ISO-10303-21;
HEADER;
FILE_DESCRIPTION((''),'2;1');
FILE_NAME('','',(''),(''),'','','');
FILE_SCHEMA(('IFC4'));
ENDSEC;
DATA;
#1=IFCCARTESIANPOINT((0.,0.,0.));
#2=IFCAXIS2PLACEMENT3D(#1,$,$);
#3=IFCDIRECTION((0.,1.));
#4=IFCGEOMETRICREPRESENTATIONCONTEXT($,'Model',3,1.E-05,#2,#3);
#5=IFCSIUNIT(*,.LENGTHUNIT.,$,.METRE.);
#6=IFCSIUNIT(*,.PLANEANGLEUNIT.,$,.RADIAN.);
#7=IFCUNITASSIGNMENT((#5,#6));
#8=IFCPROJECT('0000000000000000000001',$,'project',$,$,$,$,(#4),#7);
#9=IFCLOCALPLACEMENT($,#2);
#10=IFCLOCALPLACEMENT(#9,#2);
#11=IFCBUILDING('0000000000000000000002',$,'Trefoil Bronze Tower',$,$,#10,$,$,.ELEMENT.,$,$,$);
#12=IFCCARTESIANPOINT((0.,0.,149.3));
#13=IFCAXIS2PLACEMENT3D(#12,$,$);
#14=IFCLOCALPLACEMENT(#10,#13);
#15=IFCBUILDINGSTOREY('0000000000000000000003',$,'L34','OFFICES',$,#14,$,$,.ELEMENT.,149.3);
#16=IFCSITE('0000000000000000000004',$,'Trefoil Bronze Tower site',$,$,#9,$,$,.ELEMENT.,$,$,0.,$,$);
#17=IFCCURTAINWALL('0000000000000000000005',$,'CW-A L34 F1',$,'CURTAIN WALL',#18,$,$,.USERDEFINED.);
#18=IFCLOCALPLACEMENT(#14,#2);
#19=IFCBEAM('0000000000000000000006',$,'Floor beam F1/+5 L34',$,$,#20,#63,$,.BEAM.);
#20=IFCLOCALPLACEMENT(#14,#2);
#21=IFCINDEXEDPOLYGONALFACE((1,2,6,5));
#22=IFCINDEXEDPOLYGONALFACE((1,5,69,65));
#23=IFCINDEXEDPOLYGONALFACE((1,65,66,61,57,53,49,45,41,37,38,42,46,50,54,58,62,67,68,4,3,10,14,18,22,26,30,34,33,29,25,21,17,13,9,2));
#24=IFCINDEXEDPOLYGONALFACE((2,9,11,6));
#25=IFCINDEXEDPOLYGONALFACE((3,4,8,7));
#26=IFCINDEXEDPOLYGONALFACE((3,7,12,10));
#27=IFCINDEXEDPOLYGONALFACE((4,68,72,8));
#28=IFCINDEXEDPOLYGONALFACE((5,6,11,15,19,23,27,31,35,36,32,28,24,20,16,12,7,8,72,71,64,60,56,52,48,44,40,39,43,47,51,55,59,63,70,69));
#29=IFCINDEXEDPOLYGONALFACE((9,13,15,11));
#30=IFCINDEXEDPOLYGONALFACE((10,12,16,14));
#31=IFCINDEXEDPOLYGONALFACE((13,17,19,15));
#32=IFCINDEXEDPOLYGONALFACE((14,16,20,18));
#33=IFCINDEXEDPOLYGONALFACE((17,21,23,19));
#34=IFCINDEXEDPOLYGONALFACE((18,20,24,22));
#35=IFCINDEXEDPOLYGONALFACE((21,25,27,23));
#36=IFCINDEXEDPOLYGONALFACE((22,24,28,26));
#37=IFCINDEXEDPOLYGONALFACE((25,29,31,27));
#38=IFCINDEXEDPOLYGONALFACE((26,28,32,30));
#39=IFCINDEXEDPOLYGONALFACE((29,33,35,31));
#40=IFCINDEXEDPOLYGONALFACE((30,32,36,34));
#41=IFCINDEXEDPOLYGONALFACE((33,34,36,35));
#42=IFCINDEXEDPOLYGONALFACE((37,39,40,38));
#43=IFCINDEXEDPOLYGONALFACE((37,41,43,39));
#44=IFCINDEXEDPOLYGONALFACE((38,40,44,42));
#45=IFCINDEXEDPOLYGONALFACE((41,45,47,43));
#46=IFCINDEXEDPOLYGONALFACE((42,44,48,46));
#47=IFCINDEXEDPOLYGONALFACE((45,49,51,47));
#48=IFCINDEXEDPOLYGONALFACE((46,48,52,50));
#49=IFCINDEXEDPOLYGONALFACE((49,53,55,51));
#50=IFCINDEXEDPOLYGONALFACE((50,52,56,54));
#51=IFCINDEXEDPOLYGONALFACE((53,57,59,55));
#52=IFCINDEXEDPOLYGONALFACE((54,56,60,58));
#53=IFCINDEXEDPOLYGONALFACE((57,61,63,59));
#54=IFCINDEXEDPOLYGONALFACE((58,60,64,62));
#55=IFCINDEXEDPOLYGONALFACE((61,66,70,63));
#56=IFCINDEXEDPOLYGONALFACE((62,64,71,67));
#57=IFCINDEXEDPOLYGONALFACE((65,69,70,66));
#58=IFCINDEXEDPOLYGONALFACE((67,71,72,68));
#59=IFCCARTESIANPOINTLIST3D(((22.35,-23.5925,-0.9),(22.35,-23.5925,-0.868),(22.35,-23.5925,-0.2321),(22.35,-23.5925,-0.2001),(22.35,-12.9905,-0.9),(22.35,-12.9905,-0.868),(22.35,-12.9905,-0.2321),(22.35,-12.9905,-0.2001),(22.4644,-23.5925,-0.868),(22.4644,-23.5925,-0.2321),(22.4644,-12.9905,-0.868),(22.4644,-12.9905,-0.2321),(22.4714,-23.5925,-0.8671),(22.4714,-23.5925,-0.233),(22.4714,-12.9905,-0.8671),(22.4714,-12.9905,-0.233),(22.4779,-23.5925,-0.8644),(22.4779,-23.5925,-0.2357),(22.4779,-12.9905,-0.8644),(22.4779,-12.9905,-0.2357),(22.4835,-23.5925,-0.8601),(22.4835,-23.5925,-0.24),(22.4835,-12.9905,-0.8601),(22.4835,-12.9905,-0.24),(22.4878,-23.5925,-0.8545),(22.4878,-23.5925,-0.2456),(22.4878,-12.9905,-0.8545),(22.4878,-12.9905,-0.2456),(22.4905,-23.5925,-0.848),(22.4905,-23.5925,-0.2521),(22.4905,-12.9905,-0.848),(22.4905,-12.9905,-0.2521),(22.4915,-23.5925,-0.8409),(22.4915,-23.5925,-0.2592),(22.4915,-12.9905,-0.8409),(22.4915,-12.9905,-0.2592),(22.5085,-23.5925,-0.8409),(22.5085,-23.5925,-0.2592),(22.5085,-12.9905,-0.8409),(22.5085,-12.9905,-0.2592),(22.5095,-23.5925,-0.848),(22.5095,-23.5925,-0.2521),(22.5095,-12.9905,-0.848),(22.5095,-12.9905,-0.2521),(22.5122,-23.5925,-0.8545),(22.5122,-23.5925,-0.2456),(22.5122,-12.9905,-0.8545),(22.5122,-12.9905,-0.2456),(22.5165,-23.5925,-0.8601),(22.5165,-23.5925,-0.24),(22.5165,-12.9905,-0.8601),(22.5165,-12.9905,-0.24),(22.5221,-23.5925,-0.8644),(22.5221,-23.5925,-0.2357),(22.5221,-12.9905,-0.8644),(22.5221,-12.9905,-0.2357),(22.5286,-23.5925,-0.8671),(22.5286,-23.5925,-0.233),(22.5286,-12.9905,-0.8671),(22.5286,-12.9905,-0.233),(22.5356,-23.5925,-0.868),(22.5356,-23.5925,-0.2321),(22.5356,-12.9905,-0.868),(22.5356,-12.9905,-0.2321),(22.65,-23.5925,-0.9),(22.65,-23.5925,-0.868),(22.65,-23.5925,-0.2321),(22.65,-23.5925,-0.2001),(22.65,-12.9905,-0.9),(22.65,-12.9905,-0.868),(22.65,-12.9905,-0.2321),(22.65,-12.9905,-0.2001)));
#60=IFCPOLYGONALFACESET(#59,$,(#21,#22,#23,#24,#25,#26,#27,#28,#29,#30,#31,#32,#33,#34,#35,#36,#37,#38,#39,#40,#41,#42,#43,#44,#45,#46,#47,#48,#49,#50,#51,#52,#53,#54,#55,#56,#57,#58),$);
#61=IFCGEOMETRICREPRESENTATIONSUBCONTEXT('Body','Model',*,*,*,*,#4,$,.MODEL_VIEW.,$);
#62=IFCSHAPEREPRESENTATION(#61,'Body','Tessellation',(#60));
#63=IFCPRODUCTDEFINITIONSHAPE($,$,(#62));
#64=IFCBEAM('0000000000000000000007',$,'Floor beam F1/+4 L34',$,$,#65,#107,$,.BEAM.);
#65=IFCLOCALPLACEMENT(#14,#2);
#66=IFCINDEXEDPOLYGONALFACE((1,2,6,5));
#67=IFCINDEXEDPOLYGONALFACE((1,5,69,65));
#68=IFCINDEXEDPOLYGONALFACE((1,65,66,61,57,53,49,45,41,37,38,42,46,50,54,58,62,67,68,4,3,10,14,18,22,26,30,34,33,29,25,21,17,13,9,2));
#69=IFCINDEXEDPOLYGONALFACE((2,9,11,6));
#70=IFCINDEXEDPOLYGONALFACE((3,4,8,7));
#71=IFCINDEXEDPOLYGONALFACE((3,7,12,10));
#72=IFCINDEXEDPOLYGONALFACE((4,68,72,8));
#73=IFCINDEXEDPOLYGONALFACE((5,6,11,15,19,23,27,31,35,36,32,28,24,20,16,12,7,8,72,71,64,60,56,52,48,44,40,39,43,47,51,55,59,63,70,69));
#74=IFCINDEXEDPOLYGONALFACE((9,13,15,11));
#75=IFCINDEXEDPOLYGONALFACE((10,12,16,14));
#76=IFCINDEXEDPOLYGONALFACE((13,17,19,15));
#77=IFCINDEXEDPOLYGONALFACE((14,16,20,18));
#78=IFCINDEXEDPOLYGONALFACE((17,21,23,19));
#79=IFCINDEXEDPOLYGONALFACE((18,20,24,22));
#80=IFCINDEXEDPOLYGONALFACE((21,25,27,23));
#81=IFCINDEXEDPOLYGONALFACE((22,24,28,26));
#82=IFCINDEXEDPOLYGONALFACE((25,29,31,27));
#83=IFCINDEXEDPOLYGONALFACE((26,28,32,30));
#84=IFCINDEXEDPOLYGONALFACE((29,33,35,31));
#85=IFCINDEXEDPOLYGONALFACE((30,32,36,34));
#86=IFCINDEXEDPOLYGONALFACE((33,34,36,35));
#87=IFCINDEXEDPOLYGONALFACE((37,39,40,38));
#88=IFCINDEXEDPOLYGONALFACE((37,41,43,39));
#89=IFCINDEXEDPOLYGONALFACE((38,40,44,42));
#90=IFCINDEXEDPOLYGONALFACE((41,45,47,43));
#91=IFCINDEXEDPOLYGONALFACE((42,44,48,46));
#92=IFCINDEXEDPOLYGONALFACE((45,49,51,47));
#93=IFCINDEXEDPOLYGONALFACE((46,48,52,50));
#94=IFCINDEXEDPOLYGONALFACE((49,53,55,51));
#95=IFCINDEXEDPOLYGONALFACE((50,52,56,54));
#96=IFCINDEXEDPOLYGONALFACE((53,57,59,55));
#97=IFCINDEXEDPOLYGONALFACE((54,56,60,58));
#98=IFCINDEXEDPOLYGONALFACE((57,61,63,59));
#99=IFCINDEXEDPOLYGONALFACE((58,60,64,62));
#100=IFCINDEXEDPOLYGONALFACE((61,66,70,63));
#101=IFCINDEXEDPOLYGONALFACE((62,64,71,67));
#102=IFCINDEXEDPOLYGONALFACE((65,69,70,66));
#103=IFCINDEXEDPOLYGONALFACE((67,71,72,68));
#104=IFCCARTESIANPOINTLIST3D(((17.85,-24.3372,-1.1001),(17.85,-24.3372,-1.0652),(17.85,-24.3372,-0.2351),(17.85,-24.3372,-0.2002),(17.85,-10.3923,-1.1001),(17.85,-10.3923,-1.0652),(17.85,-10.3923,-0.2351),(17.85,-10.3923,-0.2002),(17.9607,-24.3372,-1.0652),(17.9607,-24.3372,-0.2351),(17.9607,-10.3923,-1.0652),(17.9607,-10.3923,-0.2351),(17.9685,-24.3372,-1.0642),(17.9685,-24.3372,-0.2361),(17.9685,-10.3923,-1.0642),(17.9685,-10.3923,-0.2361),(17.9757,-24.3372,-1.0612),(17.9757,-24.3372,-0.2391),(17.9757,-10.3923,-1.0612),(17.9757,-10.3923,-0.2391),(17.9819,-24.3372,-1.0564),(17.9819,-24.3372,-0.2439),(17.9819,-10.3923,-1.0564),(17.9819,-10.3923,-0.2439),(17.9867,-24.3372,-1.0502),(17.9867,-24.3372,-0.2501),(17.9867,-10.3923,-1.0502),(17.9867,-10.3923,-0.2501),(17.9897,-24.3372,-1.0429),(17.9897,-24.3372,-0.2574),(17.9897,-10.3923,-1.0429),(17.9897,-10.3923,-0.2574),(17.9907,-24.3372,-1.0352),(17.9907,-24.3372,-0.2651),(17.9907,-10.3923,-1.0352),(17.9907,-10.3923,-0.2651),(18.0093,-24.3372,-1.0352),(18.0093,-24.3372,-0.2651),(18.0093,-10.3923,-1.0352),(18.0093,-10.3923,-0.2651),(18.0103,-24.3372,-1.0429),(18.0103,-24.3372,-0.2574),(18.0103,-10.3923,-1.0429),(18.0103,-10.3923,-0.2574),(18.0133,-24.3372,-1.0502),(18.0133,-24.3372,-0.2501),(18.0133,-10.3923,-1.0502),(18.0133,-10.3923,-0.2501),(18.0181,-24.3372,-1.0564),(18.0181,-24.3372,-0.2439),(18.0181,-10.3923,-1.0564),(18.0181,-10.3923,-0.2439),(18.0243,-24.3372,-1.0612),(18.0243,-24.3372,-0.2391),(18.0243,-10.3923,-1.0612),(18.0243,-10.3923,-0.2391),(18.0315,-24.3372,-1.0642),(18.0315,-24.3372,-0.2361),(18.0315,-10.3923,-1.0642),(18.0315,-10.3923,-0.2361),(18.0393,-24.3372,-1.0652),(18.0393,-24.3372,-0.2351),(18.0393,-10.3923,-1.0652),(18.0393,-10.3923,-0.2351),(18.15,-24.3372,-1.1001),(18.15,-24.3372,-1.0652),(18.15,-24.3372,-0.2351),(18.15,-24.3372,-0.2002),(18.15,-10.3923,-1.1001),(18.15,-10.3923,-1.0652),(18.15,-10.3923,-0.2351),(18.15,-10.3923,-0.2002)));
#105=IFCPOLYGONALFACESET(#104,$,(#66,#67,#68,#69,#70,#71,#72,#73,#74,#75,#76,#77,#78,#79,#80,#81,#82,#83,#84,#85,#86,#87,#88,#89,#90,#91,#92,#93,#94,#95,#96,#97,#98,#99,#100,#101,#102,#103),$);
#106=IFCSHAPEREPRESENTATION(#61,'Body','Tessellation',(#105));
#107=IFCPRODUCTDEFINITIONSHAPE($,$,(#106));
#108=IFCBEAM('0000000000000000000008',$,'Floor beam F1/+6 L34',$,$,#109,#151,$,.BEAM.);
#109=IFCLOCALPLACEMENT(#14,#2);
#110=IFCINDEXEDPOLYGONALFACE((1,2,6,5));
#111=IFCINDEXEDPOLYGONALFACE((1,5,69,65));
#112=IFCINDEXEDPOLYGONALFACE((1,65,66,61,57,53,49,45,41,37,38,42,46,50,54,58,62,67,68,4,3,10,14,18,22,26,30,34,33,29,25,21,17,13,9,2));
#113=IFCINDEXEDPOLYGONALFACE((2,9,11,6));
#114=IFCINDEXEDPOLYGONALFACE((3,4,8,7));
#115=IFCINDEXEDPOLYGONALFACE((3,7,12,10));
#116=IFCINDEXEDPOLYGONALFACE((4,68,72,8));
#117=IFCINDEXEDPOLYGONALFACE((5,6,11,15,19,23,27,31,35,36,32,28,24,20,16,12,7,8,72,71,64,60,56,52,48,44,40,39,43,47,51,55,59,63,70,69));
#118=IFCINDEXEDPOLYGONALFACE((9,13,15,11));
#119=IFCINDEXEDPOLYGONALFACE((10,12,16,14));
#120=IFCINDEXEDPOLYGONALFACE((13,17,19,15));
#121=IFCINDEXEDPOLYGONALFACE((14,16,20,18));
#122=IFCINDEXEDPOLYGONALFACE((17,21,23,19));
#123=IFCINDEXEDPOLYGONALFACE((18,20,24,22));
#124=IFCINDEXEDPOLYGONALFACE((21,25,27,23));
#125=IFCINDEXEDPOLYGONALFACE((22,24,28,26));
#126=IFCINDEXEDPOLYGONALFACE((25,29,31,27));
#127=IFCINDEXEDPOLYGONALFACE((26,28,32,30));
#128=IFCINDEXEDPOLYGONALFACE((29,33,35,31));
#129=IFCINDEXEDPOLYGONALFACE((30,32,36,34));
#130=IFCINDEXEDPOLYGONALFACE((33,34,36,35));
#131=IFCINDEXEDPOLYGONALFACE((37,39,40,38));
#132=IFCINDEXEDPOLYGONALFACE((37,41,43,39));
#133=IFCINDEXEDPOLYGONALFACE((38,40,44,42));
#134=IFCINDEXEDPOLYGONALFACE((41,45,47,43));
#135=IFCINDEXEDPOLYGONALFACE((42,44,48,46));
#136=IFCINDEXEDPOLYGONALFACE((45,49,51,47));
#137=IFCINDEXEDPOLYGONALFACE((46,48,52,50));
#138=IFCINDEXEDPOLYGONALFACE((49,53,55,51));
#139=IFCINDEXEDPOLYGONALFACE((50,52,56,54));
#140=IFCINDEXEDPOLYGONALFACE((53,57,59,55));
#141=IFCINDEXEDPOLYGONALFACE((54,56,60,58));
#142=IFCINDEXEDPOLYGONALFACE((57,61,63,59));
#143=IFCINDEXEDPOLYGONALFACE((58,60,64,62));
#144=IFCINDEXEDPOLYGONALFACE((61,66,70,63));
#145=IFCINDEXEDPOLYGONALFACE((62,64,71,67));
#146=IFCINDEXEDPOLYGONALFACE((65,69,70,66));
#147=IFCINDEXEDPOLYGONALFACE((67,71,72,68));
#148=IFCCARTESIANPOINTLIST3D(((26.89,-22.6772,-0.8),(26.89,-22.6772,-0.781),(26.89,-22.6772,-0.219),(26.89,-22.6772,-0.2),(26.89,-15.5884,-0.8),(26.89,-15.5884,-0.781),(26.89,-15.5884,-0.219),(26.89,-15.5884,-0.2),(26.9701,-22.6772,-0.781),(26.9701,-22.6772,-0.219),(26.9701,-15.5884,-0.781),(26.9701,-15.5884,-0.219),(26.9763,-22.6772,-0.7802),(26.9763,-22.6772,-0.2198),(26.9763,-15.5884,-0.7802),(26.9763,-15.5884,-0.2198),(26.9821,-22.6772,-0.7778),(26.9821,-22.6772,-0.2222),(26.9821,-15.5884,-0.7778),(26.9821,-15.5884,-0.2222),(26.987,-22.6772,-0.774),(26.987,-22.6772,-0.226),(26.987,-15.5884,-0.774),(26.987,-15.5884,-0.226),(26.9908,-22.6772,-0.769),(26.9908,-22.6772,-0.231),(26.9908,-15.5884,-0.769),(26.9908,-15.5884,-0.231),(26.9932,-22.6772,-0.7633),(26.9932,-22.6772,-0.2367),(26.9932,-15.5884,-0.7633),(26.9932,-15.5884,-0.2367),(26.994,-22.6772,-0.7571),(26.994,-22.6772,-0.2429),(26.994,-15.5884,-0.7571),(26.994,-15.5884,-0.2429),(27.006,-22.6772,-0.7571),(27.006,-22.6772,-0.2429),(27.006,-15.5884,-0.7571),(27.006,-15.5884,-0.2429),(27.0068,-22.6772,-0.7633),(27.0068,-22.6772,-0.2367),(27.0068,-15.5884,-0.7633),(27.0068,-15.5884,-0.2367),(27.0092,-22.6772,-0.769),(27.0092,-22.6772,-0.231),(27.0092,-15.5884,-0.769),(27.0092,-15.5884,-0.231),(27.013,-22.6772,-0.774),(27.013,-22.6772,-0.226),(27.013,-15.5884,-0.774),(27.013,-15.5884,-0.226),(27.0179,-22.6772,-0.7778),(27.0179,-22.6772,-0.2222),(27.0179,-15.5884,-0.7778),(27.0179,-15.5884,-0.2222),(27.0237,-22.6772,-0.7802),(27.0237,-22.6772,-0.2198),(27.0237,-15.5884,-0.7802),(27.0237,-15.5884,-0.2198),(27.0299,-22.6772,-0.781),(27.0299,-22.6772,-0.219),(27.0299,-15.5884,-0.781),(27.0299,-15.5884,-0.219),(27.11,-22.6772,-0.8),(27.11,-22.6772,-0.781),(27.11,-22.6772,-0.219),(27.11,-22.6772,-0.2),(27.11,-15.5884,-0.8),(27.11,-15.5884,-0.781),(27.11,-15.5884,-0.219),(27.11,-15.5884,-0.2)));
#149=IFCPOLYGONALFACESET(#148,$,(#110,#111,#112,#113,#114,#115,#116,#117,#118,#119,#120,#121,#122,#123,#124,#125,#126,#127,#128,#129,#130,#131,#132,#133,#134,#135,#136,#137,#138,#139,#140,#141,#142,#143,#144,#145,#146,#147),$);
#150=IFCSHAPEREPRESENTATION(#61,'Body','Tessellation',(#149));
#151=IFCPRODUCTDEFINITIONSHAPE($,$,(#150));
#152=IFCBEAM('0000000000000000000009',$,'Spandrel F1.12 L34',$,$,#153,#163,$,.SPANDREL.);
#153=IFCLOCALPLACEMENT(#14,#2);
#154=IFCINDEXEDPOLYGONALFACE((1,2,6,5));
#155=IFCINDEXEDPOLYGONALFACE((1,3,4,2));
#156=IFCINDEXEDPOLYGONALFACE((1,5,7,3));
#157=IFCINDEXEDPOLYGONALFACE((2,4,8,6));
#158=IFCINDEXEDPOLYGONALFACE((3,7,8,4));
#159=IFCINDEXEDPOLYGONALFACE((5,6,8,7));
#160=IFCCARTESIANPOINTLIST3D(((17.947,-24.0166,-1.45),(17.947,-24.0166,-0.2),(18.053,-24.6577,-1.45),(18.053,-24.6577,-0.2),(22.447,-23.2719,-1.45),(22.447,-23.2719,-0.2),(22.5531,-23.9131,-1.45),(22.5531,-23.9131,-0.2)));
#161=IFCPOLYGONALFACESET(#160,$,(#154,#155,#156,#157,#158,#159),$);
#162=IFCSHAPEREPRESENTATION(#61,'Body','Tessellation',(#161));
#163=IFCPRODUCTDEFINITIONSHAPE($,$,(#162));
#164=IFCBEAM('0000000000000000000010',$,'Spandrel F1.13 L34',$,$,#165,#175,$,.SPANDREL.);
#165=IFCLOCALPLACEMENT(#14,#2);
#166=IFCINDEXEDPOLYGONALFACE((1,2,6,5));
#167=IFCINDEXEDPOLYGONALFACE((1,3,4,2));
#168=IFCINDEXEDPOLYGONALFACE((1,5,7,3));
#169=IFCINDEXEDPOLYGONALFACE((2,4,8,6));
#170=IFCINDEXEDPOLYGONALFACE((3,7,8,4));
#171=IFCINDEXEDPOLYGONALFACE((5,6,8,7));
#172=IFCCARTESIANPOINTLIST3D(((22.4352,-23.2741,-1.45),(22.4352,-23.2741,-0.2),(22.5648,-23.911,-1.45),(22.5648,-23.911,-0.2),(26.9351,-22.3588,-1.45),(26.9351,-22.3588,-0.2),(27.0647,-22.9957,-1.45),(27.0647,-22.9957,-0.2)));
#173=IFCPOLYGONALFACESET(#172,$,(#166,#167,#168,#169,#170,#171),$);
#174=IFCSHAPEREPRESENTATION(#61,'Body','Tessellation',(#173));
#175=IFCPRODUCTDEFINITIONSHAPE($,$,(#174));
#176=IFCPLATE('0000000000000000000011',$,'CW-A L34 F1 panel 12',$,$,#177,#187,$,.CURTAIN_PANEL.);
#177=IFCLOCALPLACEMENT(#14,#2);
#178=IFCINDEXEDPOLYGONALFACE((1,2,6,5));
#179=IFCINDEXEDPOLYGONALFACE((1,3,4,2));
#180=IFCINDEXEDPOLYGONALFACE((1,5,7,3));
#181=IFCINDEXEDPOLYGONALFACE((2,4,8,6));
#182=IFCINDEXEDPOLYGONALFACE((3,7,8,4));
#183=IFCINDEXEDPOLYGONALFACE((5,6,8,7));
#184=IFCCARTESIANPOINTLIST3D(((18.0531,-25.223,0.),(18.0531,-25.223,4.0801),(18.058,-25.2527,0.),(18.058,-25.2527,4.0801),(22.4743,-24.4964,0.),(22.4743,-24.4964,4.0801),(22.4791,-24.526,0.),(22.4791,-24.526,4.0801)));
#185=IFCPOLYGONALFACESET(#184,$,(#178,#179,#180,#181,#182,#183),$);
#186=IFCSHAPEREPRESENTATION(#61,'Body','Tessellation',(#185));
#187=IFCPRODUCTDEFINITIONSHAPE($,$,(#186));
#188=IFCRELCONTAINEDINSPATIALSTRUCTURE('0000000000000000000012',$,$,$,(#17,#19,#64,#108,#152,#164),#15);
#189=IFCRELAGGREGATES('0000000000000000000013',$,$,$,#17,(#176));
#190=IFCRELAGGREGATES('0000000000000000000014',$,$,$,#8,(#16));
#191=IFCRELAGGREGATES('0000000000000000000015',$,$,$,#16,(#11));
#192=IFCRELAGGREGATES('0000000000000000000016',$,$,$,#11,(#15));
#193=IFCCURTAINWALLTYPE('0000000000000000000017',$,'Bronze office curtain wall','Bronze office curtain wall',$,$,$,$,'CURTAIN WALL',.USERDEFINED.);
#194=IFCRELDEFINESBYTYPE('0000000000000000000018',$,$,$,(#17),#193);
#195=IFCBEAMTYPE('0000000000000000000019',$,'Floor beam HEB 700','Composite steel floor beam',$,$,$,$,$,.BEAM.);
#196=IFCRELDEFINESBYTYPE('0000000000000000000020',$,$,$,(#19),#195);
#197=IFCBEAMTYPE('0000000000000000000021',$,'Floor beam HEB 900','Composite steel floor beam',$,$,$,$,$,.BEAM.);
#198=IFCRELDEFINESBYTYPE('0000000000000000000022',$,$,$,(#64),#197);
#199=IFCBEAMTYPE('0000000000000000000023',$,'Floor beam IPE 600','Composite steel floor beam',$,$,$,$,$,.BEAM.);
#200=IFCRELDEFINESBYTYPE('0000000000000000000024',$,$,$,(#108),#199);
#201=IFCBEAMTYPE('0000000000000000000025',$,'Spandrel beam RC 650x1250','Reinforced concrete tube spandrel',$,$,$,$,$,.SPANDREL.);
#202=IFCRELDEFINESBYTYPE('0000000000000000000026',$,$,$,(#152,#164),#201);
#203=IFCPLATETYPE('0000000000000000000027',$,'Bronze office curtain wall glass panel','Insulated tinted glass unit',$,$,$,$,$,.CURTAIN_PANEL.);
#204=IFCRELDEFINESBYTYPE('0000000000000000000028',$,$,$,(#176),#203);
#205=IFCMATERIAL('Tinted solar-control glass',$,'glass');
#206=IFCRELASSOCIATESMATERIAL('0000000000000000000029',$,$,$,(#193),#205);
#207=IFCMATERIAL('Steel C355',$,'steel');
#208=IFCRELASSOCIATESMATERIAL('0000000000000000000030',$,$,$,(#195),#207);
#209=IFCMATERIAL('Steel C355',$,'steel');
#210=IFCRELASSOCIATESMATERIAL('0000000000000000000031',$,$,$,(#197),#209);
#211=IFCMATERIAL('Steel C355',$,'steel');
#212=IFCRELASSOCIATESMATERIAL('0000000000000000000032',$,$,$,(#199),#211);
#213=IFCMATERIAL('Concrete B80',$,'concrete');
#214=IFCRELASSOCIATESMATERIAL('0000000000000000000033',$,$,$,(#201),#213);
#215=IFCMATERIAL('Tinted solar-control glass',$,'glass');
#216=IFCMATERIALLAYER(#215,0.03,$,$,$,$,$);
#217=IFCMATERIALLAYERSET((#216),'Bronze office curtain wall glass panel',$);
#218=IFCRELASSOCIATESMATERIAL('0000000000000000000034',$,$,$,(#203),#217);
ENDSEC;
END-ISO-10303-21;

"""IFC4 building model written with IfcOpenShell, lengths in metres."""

from ifc_helpers import new_model, si_unit, direction, frame, origin, origin_2d, place, context, subcontext, project, spatial, rectangle, i_section, extrude, material, layer, layer_set, material_profile, profile_set, type_object, element, aggregate, save


model = new_model("IFC4")

# Units and contexts
model_context = context("Model", 3, precision=1e-05, world=origin(), true_north=direction((0.0, 1.0)))
body_context = subcontext(model_context, "Body", "Model", "MODEL_VIEW")
ifc_project = project(units=[si_unit("LENGTHUNIT", "METRE"), si_unit("PLANEANGLEUNIT", "RADIAN")], contexts=[model_context])

# Site, building, storey
site_placement = place(None, origin())
site = spatial("IfcSite", under=ifc_project, at=site_placement, Name="Trefoil Bronze Tower site", CompositionType="ELEMENT", RefElevation=0.0)
building_placement = place(site_placement, origin())
building = spatial("IfcBuilding", under=site, at=building_placement, Name="Trefoil Bronze Tower", CompositionType="ELEMENT")
storey_placement = place(building_placement, frame((0.0, 0.0, 149.3)))
storey = spatial("IfcBuildingStorey", under=building, at=storey_placement, Name="L34", Description="OFFICES", CompositionType="ELEMENT", Elevation=149.3)

# Curtain wall
ifc_material_1 = material(Name="Tinted solar-control glass", Category="glass")
curtain_wall_type_1 = type_object("IfcCurtainWallType", Name="Bronze office curtain wall", Description="Bronze office curtain wall", ElementType="CURTAIN WALL", PredefinedType="USERDEFINED", material=ifc_material_1)
curtain_wall_1_placement = place(storey_placement, origin())
curtain_wall_1 = element("IfcCurtainWall", 1, at=curtain_wall_1_placement, inside=storey, type_object=curtain_wall_type_1, Name="CW-A L34 F1", ObjectType="CURTAIN WALL", PredefinedType="USERDEFINED")

# Beams
ifc_material_2 = material(Name="Steel C355", Category="steel")
ifc_material_profile_1 = material_profile(ifc_material_2, i_section(OverallWidth=0.3, OverallDepth=0.7, WebThickness=0.0171, FlangeThickness=0.032, FilletRadius=0.0271, at=origin_2d()), Name="HEB 700")
ifc_profile_set_1 = profile_set([ifc_material_profile_1], Name="Steel C355")
beam_type_1 = type_object("IfcBeamType", Name="Floor beam HEB 700", Description="Composite steel floor beam", PredefinedType="BEAM", material=ifc_profile_set_1)
beam_1_placement = place(storey_placement, frame((22.5, -23.5925, -0.55), z_axis=(0.0, 1.0, 0.0), x_axis=(-1.0, 0.0, 0.0)))
element("IfcBeam", 2, at=beam_1_placement, inside=storey, type_object=beam_type_1, Name="Floor beam F1/+5 L34", PredefinedType="BEAM", context=body_context, shape_type="SweptSolid", body=[
    extrude(i_section(OverallWidth=0.3, OverallDepth=0.7, WebThickness=0.0171, FlangeThickness=0.032, FilletRadius=0.0271, at=origin_2d()), origin(), (0.0, 0.0, 1.0), 10.6021),
])
ifc_material_3 = material(Name="Steel C355", Category="steel")
ifc_material_profile_2 = material_profile(ifc_material_3, i_section(OverallWidth=0.3, OverallDepth=0.8999, WebThickness=0.0186, FlangeThickness=0.0349, FilletRadius=0.03, at=origin_2d()), Name="HEB 900")
ifc_profile_set_2 = profile_set([ifc_material_profile_2], Name="Steel C355")
beam_type_2 = type_object("IfcBeamType", Name="Floor beam HEB 900", Description="Composite steel floor beam", PredefinedType="BEAM", material=ifc_profile_set_2)
beam_2_placement = place(storey_placement, frame((18.0, -24.3372, -0.6501), z_axis=(0.0, 1.0, 0.0), x_axis=(-1.0, 0.0, 0.0)))
element("IfcBeam", 3, at=beam_2_placement, inside=storey, type_object=beam_type_2, Name="Floor beam F1/+4 L34", PredefinedType="BEAM", context=body_context, shape_type="SweptSolid", body=[
    extrude(i_section(OverallWidth=0.3, OverallDepth=0.8999, WebThickness=0.0186, FlangeThickness=0.0349, FilletRadius=0.03, at=origin_2d()), origin(), (0.0, 0.0, 1.0), 13.9448),
])
ifc_material_4 = material(Name="Steel C355", Category="steel")
ifc_material_profile_3 = material_profile(ifc_material_4, i_section(OverallWidth=0.22, OverallDepth=0.6001, WebThickness=0.012, FlangeThickness=0.019, FilletRadius=0.0239, at=origin_2d()), Name="IPE 600")
ifc_profile_set_3 = profile_set([ifc_material_profile_3], Name="Steel C355")
beam_type_3 = type_object("IfcBeamType", Name="Floor beam IPE 600", Description="Composite steel floor beam", PredefinedType="BEAM", material=ifc_profile_set_3)
beam_3_placement = place(storey_placement, frame((27.0, -22.6772, -0.5), z_axis=(0.0, 1.0, 0.0), x_axis=(-1.0, 0.0, 0.0)))
element("IfcBeam", 4, at=beam_3_placement, inside=storey, type_object=beam_type_3, Name="Floor beam F1/+6 L34", PredefinedType="BEAM", context=body_context, shape_type="SweptSolid", body=[
    extrude(i_section(OverallWidth=0.22, OverallDepth=0.6001, WebThickness=0.012, FlangeThickness=0.019, FilletRadius=0.0239, at=origin_2d()), origin(), (0.0, 0.0, 1.0), 7.0889),
])
ifc_material_5 = material(Name="Concrete B80", Category="concrete")
ifc_material_profile_4 = material_profile(ifc_material_5, rectangle(XDim=0.6499, YDim=1.25, at=origin_2d()), Name="RC 650x1250")
ifc_profile_set_4 = profile_set([ifc_material_profile_4], Name="Concrete B80")
beam_type_4 = type_object("IfcBeamType", Name="Spandrel beam RC 650x1250", Description="Reinforced concrete tube spandrel", PredefinedType="SPANDREL", material=ifc_profile_set_4)
beam_4_placement = place(storey_placement, frame((18.0, -24.3372, -0.825), z_axis=(0.986584, 0.163253, 0.0), x_axis=(-0.163253, 0.986584, 0.0)))
element("IfcBeam", 5, at=beam_4_placement, inside=storey, type_object=beam_type_4, Name="Spandrel F1.12 L34", PredefinedType="SPANDREL", context=body_context, shape_type="SweptSolid", body=[
    extrude(rectangle(XDim=0.6499, YDim=1.25, at=origin_2d()), origin(), (0.0, 0.0, 1.0), 4.5613),
])
beam_5_placement = place(storey_placement, frame((22.5, -23.5925, -0.825), z_axis=(0.979935, 0.199315, 0.0), x_axis=(-0.199315, 0.979935, 0.0)))
element("IfcBeam", 6, at=beam_5_placement, inside=storey, type_object=beam_type_4, Name="Spandrel F1.13 L34", PredefinedType="SPANDREL", context=body_context, shape_type="SweptSolid", body=[
    extrude(rectangle(XDim=0.6499, YDim=1.25, at=origin_2d()), origin(), (0.0, 0.0, 1.0), 4.592),
])

# Plate
ifc_material_6 = material(Name="Tinted solar-control glass", Category="glass")
ifc_layer_1 = layer(ifc_material_6, 0.03)
ifc_layer_set_1 = layer_set([ifc_layer_1], Name="Bronze office curtain wall glass panel")
plate_type_1 = type_object("IfcPlateType", Name="Bronze office curtain wall glass panel", Description="Insulated tinted glass unit", PredefinedType="CURTAIN_PANEL", material=ifc_layer_set_1)
plate_1_placement = place(storey_placement, frame((20.2661, -24.8745, 0.0), z_axis=(0.0, 0.0, 1.0), x_axis=(0.98676, 0.162189, 0.0)))
plate_1 = element("IfcPlate", 7, at=plate_1_placement, type_object=plate_type_1, Name="CW-A L34 F1 panel 12", PredefinedType="CURTAIN_PANEL", context=body_context, shape_type="SweptSolid", body=[
    extrude(rectangle(XDim=4.4805, YDim=0.03, at=origin_2d()), origin(), (0.0, 0.0, 1.0), 4.0801),
])
aggregate(curtain_wall_1, [plate_1])

save(model, "model.ifc")
